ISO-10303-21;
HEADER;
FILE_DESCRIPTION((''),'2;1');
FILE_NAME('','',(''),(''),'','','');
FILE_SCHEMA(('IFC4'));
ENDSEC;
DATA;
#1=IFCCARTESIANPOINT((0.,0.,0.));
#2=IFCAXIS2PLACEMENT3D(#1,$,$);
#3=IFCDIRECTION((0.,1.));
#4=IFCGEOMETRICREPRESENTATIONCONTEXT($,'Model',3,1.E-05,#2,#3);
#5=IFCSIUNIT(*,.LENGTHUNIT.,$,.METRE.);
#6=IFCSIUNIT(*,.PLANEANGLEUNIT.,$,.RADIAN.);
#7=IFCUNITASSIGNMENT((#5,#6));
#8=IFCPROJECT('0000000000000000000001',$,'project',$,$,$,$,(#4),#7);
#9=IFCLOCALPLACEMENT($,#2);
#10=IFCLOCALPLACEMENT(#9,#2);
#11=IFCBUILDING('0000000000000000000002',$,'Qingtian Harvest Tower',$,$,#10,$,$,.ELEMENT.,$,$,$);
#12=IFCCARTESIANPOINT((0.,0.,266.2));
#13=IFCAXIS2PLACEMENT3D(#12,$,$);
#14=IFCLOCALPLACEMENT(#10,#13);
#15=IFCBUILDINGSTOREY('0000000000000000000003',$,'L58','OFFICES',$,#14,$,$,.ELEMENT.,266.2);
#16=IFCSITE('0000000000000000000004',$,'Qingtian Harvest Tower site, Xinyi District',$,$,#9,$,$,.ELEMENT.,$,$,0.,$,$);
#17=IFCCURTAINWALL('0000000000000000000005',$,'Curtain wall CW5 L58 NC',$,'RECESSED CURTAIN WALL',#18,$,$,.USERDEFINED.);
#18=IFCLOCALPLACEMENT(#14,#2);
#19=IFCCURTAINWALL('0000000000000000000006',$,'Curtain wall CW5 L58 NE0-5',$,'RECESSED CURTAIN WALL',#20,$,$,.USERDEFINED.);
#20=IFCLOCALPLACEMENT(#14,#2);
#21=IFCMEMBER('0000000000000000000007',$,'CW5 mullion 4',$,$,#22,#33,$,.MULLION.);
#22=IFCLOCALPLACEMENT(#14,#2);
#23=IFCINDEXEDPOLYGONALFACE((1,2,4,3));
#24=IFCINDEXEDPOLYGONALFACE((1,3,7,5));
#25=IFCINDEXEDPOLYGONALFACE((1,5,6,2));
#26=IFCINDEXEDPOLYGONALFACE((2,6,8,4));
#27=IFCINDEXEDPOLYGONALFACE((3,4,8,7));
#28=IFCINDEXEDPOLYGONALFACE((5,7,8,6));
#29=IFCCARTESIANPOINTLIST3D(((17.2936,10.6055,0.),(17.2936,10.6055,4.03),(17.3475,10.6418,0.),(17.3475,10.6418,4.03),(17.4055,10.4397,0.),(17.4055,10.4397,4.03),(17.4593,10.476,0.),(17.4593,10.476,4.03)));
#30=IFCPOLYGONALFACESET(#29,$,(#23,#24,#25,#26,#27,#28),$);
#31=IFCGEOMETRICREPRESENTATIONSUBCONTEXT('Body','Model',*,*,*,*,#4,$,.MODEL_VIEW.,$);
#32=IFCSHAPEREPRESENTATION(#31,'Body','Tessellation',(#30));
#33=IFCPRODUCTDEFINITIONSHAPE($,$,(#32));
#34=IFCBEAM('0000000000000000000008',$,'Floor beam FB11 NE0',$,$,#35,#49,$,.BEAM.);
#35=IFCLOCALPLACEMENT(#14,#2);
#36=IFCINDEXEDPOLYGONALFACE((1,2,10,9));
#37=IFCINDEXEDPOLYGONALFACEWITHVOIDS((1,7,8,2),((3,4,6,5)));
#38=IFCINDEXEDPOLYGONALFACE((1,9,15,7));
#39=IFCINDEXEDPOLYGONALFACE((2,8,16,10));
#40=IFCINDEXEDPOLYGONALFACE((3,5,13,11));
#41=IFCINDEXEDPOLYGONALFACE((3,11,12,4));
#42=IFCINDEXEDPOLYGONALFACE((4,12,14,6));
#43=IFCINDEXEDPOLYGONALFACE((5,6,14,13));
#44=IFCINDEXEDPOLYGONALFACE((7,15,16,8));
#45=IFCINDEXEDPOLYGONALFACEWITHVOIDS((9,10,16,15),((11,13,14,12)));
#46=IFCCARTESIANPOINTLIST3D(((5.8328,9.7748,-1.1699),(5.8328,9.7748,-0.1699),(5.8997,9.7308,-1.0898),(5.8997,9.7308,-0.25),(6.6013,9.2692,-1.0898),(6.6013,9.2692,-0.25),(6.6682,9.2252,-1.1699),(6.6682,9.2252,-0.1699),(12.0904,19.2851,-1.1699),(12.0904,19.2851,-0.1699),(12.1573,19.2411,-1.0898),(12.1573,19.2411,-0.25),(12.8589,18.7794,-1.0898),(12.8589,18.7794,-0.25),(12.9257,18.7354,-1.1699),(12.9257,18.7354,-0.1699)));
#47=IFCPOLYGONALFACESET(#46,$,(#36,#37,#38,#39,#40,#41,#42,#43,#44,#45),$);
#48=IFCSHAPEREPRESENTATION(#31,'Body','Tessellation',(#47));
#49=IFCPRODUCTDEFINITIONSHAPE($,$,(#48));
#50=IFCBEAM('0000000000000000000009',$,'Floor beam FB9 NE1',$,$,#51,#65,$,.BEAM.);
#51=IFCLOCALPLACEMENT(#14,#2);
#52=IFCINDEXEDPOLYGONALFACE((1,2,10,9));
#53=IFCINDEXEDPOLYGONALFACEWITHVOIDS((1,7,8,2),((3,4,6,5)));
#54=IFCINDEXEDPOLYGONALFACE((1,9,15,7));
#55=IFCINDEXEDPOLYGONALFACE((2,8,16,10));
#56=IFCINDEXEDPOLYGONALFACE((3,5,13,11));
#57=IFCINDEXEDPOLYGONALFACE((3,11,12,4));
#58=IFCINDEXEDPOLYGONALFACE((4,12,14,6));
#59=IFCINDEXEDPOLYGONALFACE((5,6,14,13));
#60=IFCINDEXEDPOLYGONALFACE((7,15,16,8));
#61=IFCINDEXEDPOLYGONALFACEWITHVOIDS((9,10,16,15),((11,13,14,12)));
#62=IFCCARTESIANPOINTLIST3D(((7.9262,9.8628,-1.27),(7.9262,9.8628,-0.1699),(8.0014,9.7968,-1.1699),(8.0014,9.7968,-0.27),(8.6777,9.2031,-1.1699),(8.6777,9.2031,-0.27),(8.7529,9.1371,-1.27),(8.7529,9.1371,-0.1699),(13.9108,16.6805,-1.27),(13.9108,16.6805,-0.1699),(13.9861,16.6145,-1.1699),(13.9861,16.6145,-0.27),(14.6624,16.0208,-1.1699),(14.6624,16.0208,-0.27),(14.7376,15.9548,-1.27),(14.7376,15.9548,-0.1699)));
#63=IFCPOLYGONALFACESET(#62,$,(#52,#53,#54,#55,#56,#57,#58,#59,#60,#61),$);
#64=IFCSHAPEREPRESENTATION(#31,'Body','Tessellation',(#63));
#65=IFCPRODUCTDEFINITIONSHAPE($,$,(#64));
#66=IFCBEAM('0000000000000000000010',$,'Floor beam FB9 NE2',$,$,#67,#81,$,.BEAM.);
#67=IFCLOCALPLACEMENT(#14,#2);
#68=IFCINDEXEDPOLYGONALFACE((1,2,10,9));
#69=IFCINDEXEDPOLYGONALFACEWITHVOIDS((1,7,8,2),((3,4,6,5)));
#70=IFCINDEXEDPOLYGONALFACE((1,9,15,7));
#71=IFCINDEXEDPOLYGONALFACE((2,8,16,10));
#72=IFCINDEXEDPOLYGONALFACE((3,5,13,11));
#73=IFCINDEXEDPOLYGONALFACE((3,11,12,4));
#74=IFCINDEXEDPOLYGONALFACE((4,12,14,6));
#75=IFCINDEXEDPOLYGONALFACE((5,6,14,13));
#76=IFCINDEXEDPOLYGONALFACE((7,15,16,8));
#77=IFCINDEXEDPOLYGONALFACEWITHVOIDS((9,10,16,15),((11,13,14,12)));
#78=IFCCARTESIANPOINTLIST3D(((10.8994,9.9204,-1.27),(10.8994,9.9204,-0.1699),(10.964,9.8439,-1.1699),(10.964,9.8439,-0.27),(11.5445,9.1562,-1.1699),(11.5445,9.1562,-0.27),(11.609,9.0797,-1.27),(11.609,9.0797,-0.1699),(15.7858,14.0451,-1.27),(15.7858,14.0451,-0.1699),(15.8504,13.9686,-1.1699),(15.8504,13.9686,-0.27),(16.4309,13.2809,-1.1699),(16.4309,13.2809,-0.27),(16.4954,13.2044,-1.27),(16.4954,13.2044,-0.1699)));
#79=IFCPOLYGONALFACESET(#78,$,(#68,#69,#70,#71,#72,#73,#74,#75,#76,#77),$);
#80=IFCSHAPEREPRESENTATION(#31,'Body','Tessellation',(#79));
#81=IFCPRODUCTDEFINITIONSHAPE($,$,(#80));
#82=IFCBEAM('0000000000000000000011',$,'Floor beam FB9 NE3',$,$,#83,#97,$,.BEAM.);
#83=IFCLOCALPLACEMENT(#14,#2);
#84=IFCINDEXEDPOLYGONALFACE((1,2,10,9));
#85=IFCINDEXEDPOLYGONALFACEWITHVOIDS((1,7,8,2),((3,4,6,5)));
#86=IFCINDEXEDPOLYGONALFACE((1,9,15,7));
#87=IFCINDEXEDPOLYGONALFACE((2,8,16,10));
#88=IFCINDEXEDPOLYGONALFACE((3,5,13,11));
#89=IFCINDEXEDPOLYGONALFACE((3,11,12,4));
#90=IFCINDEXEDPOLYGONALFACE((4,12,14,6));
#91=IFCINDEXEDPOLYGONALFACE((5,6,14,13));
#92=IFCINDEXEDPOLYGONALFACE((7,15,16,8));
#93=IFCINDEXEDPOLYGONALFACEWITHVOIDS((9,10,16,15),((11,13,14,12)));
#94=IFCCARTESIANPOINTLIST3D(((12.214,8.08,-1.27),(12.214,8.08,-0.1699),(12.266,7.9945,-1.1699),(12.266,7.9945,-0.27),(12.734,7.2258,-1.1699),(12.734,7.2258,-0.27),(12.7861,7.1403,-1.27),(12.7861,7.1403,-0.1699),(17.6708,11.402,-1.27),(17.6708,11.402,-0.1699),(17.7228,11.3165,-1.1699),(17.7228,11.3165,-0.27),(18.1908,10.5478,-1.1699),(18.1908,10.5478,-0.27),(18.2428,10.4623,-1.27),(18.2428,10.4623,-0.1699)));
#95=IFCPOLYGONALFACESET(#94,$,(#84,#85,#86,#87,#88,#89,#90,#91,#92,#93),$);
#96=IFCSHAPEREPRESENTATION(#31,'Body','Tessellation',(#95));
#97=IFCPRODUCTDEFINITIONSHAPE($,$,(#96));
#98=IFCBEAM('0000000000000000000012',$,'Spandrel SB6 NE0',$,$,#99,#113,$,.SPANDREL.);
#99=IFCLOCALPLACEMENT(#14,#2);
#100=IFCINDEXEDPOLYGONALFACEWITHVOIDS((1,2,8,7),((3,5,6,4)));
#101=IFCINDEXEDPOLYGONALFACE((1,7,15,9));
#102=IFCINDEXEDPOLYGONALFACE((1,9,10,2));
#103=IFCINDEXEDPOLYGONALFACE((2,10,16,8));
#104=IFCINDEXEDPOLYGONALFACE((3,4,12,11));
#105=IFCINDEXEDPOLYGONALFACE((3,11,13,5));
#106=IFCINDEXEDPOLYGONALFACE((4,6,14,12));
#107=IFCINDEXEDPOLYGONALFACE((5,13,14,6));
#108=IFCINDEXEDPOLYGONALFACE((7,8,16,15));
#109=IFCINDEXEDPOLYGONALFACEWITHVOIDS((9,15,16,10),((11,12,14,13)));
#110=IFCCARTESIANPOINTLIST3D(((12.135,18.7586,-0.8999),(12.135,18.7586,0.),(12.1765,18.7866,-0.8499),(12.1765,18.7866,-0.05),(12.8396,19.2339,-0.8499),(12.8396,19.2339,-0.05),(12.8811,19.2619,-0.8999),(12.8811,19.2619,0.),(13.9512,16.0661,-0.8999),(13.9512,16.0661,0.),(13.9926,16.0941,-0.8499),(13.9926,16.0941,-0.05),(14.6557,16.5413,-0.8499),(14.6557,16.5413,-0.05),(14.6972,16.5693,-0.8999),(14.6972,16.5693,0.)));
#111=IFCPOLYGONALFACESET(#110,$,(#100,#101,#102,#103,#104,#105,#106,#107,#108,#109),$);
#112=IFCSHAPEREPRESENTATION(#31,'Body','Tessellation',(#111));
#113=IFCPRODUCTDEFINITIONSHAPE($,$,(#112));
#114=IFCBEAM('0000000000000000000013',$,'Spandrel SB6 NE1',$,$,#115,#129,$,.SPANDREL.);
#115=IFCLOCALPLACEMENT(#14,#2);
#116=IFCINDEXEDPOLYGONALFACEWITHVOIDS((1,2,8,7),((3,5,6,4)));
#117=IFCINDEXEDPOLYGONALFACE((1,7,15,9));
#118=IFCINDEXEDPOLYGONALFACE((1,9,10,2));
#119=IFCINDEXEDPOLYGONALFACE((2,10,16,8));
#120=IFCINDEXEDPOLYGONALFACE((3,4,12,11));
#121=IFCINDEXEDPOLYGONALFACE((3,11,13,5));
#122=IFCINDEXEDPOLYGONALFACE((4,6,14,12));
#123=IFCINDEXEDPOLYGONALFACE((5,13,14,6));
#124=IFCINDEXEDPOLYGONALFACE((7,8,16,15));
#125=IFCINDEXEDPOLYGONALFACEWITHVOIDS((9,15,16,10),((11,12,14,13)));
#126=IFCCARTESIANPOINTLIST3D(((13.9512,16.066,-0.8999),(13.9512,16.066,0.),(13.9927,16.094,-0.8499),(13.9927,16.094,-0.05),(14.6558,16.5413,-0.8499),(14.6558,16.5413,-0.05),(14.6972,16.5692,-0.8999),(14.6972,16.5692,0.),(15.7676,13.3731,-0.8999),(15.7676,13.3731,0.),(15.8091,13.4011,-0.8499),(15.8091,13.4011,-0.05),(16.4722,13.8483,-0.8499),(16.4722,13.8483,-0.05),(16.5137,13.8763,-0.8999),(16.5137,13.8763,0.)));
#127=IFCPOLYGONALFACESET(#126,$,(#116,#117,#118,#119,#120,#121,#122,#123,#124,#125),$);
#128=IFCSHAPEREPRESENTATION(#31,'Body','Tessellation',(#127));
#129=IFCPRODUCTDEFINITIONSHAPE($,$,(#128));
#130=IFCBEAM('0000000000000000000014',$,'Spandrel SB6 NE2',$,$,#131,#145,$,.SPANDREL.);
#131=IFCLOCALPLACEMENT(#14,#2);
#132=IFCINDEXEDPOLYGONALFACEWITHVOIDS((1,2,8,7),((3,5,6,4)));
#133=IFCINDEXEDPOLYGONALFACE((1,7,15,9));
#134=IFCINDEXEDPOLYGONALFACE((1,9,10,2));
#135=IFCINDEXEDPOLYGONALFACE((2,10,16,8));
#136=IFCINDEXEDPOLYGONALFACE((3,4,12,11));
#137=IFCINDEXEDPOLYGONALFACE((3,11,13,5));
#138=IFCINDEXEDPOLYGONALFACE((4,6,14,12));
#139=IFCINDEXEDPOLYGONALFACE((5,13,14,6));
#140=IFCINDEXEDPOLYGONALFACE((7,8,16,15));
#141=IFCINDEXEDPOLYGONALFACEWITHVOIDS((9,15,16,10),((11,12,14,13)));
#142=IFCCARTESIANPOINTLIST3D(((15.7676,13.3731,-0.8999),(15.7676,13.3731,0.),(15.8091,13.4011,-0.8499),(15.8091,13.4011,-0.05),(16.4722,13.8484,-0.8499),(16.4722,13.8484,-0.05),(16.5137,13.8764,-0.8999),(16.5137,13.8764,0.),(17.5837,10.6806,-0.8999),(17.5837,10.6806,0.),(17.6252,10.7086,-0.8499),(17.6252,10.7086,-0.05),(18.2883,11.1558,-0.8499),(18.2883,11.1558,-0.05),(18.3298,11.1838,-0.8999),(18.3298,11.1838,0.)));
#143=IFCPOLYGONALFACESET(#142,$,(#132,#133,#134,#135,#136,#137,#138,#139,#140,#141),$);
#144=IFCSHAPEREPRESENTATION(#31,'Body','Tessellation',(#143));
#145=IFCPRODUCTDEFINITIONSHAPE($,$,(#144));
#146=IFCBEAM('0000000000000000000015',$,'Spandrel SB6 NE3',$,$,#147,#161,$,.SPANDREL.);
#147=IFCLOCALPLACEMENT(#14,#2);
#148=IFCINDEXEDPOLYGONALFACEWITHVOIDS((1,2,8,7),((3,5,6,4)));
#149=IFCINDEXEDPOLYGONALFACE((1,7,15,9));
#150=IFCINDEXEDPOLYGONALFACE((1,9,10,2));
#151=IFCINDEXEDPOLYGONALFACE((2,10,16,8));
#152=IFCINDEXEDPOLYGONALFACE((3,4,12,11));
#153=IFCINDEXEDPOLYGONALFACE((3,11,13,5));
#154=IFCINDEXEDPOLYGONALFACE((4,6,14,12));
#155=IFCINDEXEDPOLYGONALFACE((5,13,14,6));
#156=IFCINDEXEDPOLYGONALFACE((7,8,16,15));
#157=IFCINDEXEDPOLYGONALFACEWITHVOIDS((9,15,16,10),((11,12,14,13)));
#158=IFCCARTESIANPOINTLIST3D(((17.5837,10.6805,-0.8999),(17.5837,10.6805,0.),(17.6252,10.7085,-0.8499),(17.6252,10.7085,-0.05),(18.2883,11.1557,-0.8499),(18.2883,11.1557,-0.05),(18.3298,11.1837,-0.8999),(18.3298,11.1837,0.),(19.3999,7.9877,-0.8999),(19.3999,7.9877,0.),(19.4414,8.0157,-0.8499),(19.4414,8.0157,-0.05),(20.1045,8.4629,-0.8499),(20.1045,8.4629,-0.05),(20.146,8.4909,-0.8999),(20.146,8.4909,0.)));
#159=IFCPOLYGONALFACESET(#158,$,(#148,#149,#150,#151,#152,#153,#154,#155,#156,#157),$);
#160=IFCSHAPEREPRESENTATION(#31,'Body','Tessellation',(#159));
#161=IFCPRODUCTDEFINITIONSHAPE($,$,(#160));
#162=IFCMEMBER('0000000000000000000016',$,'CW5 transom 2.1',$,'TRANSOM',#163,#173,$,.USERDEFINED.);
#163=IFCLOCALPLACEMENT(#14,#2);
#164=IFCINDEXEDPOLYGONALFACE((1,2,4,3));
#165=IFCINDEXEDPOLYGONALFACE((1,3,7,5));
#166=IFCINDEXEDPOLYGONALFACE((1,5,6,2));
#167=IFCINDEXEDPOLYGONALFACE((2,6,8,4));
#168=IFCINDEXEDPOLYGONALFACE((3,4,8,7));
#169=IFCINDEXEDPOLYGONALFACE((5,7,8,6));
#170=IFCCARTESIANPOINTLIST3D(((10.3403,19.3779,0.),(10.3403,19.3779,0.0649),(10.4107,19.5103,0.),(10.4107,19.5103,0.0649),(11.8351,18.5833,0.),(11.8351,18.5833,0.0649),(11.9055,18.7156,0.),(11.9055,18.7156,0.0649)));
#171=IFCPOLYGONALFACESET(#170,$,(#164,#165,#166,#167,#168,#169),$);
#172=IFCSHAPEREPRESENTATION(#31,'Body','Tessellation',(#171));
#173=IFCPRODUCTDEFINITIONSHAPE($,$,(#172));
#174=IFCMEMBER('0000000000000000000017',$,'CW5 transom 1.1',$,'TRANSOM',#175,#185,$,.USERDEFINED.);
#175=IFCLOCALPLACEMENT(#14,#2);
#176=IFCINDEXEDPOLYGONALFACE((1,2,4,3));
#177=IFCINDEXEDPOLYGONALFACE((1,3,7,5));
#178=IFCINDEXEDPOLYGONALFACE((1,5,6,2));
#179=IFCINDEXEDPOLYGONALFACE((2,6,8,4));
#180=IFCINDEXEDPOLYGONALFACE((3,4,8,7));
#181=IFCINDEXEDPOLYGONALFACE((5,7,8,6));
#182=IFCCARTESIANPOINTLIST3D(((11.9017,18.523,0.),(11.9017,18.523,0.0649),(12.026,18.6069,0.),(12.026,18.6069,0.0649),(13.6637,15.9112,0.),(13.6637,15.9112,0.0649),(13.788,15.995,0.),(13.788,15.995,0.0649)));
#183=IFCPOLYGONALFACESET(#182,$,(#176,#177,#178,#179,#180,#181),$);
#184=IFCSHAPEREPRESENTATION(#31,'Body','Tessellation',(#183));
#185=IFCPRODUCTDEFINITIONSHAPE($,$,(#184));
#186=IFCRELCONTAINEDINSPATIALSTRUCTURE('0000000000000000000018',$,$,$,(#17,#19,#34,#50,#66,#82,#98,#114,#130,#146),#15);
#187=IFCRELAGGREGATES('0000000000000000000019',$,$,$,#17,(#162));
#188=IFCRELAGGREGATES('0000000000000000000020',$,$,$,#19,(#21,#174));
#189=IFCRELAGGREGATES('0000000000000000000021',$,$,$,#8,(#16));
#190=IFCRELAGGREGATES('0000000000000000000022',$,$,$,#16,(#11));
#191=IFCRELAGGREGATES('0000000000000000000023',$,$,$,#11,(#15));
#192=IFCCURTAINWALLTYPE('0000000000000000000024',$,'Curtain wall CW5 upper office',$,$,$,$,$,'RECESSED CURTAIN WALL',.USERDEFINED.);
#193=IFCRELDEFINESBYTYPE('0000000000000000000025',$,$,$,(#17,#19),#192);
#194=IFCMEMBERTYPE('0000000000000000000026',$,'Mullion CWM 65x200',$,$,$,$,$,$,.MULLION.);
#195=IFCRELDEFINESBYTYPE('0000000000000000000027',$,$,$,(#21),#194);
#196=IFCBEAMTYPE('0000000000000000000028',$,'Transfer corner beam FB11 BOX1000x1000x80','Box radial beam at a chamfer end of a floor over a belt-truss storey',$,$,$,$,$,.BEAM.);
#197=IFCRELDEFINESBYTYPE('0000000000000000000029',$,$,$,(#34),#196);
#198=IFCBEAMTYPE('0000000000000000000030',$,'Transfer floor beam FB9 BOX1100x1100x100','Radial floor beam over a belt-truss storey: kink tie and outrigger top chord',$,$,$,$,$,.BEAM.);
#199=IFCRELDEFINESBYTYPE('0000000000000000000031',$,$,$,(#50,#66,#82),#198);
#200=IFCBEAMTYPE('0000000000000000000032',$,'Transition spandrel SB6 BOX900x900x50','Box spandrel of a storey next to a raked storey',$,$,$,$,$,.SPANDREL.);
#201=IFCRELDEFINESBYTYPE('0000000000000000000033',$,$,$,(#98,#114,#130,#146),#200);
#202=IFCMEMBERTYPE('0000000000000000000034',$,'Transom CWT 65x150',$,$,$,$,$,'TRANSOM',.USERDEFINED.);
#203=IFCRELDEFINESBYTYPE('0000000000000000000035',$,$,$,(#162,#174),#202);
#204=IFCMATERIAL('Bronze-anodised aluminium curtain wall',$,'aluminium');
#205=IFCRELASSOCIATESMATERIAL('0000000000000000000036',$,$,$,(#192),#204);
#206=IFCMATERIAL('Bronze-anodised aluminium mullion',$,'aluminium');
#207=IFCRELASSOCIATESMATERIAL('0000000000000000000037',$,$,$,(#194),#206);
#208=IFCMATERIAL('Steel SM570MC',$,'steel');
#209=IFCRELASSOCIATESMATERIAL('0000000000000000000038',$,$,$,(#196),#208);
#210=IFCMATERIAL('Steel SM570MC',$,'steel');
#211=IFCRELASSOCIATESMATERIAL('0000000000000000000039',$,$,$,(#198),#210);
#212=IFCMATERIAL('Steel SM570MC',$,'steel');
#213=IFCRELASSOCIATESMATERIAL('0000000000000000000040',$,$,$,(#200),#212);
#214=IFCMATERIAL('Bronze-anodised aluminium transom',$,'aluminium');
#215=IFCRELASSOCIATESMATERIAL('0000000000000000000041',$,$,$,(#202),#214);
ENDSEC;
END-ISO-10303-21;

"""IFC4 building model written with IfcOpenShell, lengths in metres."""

from ifc_helpers import new_model, si_unit, direction, frame, origin, origin_2d, place, context, subcontext, project, spatial, rectangle, hollow_rectangle, extrude, material, material_profile, profile_set, type_object, element, aggregate, save


model = new_model("IFC4")

# Units and contexts
model_context = context("Model", 3, precision=1e-05, world=origin(), true_north=direction((0.0, 1.0)))
body_context = subcontext(model_context, "Body", "Model", "MODEL_VIEW")
ifc_project = project(units=[si_unit("LENGTHUNIT", "METRE"), si_unit("PLANEANGLEUNIT", "RADIAN")], contexts=[model_context])

# Site, building, storey
site_placement = place(None, origin())
site = spatial("IfcSite", under=ifc_project, at=site_placement, Name="Qingtian Harvest Tower site, Xinyi District", CompositionType="ELEMENT", RefElevation=0.0)
building_placement = place(site_placement, origin())
building = spatial("IfcBuilding", under=site, at=building_placement, Name="Qingtian Harvest Tower", CompositionType="ELEMENT")
storey_placement = place(building_placement, frame((0.0, 0.0, 266.2)))
storey = spatial("IfcBuildingStorey", under=building, at=storey_placement, Name="L58", Description="OFFICES", CompositionType="ELEMENT", Elevation=266.2)

# Curtain walls, member
ifc_material_1 = material(Name="Bronze-anodised aluminium curtain wall", Category="aluminium")
curtain_wall_type = type_object("IfcCurtainWallType", Name="Curtain wall CW5 upper office", ElementType="RECESSED CURTAIN WALL", PredefinedType="USERDEFINED", material=ifc_material_1)
curtain_wall_1_placement = place(storey_placement, origin())
curtain_wall_1 = element("IfcCurtainWall", 1, at=curtain_wall_1_placement, inside=storey, type_object=curtain_wall_type, Name="Curtain wall CW5 L58 NC", ObjectType="RECESSED CURTAIN WALL", PredefinedType="USERDEFINED")
ifc_material_2 = material(Name="Bronze-anodised aluminium mullion", Category="aluminium")
ifc_material_profile_1 = material_profile(ifc_material_2, rectangle(XDim=0.0649, YDim=0.2, at=origin_2d()), Name="AL 65x200")
ifc_profile_set_1 = profile_set([ifc_material_profile_1], Name="Bronze-anodised aluminium mullion")
member_type_1 = type_object("IfcMemberType", Name="Mullion CWM 65x200", PredefinedType="MULLION", material=ifc_profile_set_1)
curtain_wall_2_placement = place(storey_placement, origin())
curtain_wall_2 = element("IfcCurtainWall", 2, at=curtain_wall_2_placement, inside=storey, type_object=curtain_wall_type, Name="Curtain wall CW5 L58 NE0-5", ObjectType="RECESSED CURTAIN WALL", PredefinedType="USERDEFINED")
member_1_placement = place(storey_placement, frame((17.3765, 10.5408, 0.0), z_axis=(0.0, 0.0, 1.0), x_axis=(0.829038, 0.559193, 0.0)))
member_1 = element("IfcMember", 3, at=member_1_placement, type_object=member_type_1, Name="CW5 mullion 4", PredefinedType="MULLION", context=body_context, shape_type="SweptSolid", body=[
    extrude(rectangle(XDim=0.0649, YDim=0.2, at=origin_2d()), origin(), (0.0, 0.0, 1.0), 4.03),
])

# Beams
ifc_material_3 = material(Name="Steel SM570MC", Category="steel")
ifc_material_profile_2 = material_profile(ifc_material_3, hollow_rectangle(XDim=1.0, YDim=1.0, WallThickness=0.0801, at=origin_2d()), Name="BOX1000x1000x80")
ifc_profile_set_2 = profile_set([ifc_material_profile_2], Name="Steel SM570MC")
beam_type_1 = type_object("IfcBeamType", Name="Transfer corner beam FB11 BOX1000x1000x80", Description="Box radial beam at a chamfer end of a floor over a belt-truss storey", PredefinedType="BEAM", material=ifc_profile_set_2)
beam_1_placement = place(storey_placement, frame((12.5081, 19.0103, -0.6699), z_axis=(-0.549667, -0.835384, 0.0), x_axis=(0.835384, -0.549667, 0.0)))
element("IfcBeam", 4, at=beam_1_placement, inside=storey, type_object=beam_type_1, Name="Floor beam FB11 NE0", PredefinedType="BEAM", context=body_context, shape_type="SweptSolid", body=[
    extrude(hollow_rectangle(XDim=1.0, YDim=1.0, WallThickness=0.0801, at=origin_2d()), origin(), (0.0, 0.0, 1.0), 11.3843),
])
ifc_material_4 = material(Name="Steel SM570MC", Category="steel")
ifc_material_profile_3 = material_profile(ifc_material_4, hollow_rectangle(XDim=1.1001, YDim=1.1001, WallThickness=0.1001, at=origin_2d()), Name="BOX1100x1100x100")
ifc_profile_set_3 = profile_set([ifc_material_profile_3], Name="Steel SM570MC")
beam_type_2 = type_object("IfcBeamType", Name="Transfer floor beam FB9 BOX1100x1100x100", Description="Radial floor beam over a belt-truss storey: kink tie and outrigger top chord", PredefinedType="BEAM", material=ifc_profile_set_3)
beam_2_placement = place(storey_placement, frame((14.3242, 16.3176, -0.72), z_axis=(-0.659702, -0.751527, 0.0), x_axis=(0.751527, -0.659702, 0.0)))
element("IfcBeam", 5, at=beam_2_placement, inside=storey, type_object=beam_type_2, Name="Floor beam FB9 NE1", PredefinedType="BEAM", context=body_context, shape_type="SweptSolid", body=[
    extrude(hollow_rectangle(XDim=1.1001, YDim=1.1001, WallThickness=0.1001, at=origin_2d()), origin(), (0.0, 0.0, 1.0), 9.0718),
])
beam_3_placement = place(storey_placement, frame((16.1406, 13.6248, -0.72), z_axis=(-0.764153, -0.645035, 0.0), x_axis=(0.645035, -0.764153, 0.0)))
element("IfcBeam", 6, at=beam_3_placement, inside=storey, type_object=beam_type_2, Name="Floor beam FB9 NE2", PredefinedType="BEAM", context=body_context, shape_type="SweptSolid", body=[
    extrude(hollow_rectangle(XDim=1.1001, YDim=1.1001, WallThickness=0.1001, at=origin_2d()), origin(), (0.0, 0.0, 1.0), 6.3945),
])
beam_4_placement = place(storey_placement, frame((17.9568, 10.9321, -0.72), z_axis=(-0.854164, -0.520004, 0.0), x_axis=(0.520004, -0.854164, 0.0)))
element("IfcBeam", 7, at=beam_4_placement, inside=storey, type_object=beam_type_2, Name="Floor beam FB9 NE3", PredefinedType="BEAM", context=body_context, shape_type="SweptSolid", body=[
    extrude(hollow_rectangle(XDim=1.1001, YDim=1.1001, WallThickness=0.1001, at=origin_2d()), origin(), (0.0, 0.0, 1.0), 6.3884),
])
ifc_material_5 = material(Name="Steel SM570MC", Category="steel")
ifc_material_profile_4 = material_profile(ifc_material_5, hollow_rectangle(XDim=0.8999, YDim=0.8999, WallThickness=0.05, at=origin_2d()), Name="BOX900x900x50")
ifc_profile_set_4 = profile_set([ifc_material_profile_4], Name="Steel SM570MC")
beam_type_3 = type_object("IfcBeamType", Name="Transition spandrel SB6 BOX900x900x50", Description="Box spandrel of a storey next to a raked storey", PredefinedType="SPANDREL", material=ifc_profile_set_4)
beam_5_placement = place(storey_placement, frame((12.5081, 19.0103, -0.45), z_axis=(0.559185, -0.829043, 0.0), x_axis=(0.829043, 0.559185, 0.0)))
element("IfcBeam", 8, at=beam_5_placement, inside=storey, type_object=beam_type_3, Name="Spandrel SB6 NE0", PredefinedType="SPANDREL", context=body_context, shape_type="SweptSolid", body=[
    extrude(hollow_rectangle(XDim=0.8999, YDim=0.8999, WallThickness=0.05, at=origin_2d()), origin(), (0.0, 0.0, 1.0), 3.2478),
])
beam_6_placement = place(storey_placement, frame((14.3242, 16.3176, -0.45), z_axis=(0.559202, -0.829032, 0.0), x_axis=(0.829032, 0.559202, 0.0)))
element("IfcBeam", 9, at=beam_6_placement, inside=storey, type_object=beam_type_3, Name="Spandrel SB6 NE1", PredefinedType="SPANDREL", context=body_context, shape_type="SweptSolid", body=[
    extrude(hollow_rectangle(XDim=0.8999, YDim=0.8999, WallThickness=0.05, at=origin_2d()), origin(), (0.0, 0.0, 1.0), 3.2483),
])
beam_7_placement = place(storey_placement, frame((16.1406, 13.6248, -0.45), z_axis=(0.559185, -0.829043, 0.0), x_axis=(0.829043, 0.559185, 0.0)))
element("IfcBeam", 10, at=beam_7_placement, inside=storey, type_object=beam_type_3, Name="Spandrel SB6 NE2", PredefinedType="SPANDREL", context=body_context, shape_type="SweptSolid", body=[
    extrude(hollow_rectangle(XDim=0.8999, YDim=0.8999, WallThickness=0.05, at=origin_2d()), origin(), (0.0, 0.0, 1.0), 3.2478),
])
beam_8_placement = place(storey_placement, frame((17.9568, 10.9321, -0.45), z_axis=(0.55915, -0.829066, 0.0), x_axis=(0.829066, 0.55915, 0.0)))
element("IfcBeam", 11, at=beam_8_placement, inside=storey, type_object=beam_type_3, Name="Spandrel SB6 NE3", PredefinedType="SPANDREL", context=body_context, shape_type="SweptSolid", body=[
    extrude(hollow_rectangle(XDim=0.8999, YDim=0.8999, WallThickness=0.05, at=origin_2d()), origin(), (0.0, 0.0, 1.0), 3.248),
])

# Members
ifc_material_6 = material(Name="Bronze-anodised aluminium transom", Category="aluminium")
ifc_material_profile_5 = material_profile(ifc_material_6, rectangle(XDim=0.1499, YDim=0.0649, at=origin_2d()), Name="AL 65x150")
ifc_profile_set_5 = profile_set([ifc_material_profile_5], Name="Bronze-anodised aluminium transom")
member_type_2 = type_object("IfcMemberType", Name="Transom CWT 65x150", ElementType="TRANSOM", PredefinedType="USERDEFINED", material=ifc_profile_set_5)
member_2_placement = place(storey_placement, frame((10.3755, 19.4441, 0.0325), z_axis=(0.882987, -0.469398, 0.0), x_axis=(0.469398, 0.882987, 0.0)))
member_2 = element("IfcMember", 12, at=member_2_placement, type_object=member_type_2, Name="CW5 transom 2.1", ObjectType="TRANSOM", PredefinedType="USERDEFINED", context=body_context, shape_type="SweptSolid", body=[
    extrude(rectangle(XDim=0.1499, YDim=0.0649, at=origin_2d()), origin(), (0.0, 0.0, 1.0), 1.6929),
])
member_3_placement = place(storey_placement, frame((11.9639, 18.5649, 0.0325), z_axis=(0.559252, -0.828998, 0.0), x_axis=(0.828998, 0.559252, 0.0)))
member_3 = element("IfcMember", 13, at=member_3_placement, type_object=member_type_2, Name="CW5 transom 1.1", ObjectType="TRANSOM", PredefinedType="USERDEFINED", context=body_context, shape_type="SweptSolid", body=[
    extrude(rectangle(XDim=0.1499, YDim=0.0649, at=origin_2d()), origin(), (0.0, 0.0, 1.0), 3.1506),
])

aggregate(curtain_wall_1, [member_2])
aggregate(curtain_wall_2, [member_1, member_3])

save(model, "model.ifc")
